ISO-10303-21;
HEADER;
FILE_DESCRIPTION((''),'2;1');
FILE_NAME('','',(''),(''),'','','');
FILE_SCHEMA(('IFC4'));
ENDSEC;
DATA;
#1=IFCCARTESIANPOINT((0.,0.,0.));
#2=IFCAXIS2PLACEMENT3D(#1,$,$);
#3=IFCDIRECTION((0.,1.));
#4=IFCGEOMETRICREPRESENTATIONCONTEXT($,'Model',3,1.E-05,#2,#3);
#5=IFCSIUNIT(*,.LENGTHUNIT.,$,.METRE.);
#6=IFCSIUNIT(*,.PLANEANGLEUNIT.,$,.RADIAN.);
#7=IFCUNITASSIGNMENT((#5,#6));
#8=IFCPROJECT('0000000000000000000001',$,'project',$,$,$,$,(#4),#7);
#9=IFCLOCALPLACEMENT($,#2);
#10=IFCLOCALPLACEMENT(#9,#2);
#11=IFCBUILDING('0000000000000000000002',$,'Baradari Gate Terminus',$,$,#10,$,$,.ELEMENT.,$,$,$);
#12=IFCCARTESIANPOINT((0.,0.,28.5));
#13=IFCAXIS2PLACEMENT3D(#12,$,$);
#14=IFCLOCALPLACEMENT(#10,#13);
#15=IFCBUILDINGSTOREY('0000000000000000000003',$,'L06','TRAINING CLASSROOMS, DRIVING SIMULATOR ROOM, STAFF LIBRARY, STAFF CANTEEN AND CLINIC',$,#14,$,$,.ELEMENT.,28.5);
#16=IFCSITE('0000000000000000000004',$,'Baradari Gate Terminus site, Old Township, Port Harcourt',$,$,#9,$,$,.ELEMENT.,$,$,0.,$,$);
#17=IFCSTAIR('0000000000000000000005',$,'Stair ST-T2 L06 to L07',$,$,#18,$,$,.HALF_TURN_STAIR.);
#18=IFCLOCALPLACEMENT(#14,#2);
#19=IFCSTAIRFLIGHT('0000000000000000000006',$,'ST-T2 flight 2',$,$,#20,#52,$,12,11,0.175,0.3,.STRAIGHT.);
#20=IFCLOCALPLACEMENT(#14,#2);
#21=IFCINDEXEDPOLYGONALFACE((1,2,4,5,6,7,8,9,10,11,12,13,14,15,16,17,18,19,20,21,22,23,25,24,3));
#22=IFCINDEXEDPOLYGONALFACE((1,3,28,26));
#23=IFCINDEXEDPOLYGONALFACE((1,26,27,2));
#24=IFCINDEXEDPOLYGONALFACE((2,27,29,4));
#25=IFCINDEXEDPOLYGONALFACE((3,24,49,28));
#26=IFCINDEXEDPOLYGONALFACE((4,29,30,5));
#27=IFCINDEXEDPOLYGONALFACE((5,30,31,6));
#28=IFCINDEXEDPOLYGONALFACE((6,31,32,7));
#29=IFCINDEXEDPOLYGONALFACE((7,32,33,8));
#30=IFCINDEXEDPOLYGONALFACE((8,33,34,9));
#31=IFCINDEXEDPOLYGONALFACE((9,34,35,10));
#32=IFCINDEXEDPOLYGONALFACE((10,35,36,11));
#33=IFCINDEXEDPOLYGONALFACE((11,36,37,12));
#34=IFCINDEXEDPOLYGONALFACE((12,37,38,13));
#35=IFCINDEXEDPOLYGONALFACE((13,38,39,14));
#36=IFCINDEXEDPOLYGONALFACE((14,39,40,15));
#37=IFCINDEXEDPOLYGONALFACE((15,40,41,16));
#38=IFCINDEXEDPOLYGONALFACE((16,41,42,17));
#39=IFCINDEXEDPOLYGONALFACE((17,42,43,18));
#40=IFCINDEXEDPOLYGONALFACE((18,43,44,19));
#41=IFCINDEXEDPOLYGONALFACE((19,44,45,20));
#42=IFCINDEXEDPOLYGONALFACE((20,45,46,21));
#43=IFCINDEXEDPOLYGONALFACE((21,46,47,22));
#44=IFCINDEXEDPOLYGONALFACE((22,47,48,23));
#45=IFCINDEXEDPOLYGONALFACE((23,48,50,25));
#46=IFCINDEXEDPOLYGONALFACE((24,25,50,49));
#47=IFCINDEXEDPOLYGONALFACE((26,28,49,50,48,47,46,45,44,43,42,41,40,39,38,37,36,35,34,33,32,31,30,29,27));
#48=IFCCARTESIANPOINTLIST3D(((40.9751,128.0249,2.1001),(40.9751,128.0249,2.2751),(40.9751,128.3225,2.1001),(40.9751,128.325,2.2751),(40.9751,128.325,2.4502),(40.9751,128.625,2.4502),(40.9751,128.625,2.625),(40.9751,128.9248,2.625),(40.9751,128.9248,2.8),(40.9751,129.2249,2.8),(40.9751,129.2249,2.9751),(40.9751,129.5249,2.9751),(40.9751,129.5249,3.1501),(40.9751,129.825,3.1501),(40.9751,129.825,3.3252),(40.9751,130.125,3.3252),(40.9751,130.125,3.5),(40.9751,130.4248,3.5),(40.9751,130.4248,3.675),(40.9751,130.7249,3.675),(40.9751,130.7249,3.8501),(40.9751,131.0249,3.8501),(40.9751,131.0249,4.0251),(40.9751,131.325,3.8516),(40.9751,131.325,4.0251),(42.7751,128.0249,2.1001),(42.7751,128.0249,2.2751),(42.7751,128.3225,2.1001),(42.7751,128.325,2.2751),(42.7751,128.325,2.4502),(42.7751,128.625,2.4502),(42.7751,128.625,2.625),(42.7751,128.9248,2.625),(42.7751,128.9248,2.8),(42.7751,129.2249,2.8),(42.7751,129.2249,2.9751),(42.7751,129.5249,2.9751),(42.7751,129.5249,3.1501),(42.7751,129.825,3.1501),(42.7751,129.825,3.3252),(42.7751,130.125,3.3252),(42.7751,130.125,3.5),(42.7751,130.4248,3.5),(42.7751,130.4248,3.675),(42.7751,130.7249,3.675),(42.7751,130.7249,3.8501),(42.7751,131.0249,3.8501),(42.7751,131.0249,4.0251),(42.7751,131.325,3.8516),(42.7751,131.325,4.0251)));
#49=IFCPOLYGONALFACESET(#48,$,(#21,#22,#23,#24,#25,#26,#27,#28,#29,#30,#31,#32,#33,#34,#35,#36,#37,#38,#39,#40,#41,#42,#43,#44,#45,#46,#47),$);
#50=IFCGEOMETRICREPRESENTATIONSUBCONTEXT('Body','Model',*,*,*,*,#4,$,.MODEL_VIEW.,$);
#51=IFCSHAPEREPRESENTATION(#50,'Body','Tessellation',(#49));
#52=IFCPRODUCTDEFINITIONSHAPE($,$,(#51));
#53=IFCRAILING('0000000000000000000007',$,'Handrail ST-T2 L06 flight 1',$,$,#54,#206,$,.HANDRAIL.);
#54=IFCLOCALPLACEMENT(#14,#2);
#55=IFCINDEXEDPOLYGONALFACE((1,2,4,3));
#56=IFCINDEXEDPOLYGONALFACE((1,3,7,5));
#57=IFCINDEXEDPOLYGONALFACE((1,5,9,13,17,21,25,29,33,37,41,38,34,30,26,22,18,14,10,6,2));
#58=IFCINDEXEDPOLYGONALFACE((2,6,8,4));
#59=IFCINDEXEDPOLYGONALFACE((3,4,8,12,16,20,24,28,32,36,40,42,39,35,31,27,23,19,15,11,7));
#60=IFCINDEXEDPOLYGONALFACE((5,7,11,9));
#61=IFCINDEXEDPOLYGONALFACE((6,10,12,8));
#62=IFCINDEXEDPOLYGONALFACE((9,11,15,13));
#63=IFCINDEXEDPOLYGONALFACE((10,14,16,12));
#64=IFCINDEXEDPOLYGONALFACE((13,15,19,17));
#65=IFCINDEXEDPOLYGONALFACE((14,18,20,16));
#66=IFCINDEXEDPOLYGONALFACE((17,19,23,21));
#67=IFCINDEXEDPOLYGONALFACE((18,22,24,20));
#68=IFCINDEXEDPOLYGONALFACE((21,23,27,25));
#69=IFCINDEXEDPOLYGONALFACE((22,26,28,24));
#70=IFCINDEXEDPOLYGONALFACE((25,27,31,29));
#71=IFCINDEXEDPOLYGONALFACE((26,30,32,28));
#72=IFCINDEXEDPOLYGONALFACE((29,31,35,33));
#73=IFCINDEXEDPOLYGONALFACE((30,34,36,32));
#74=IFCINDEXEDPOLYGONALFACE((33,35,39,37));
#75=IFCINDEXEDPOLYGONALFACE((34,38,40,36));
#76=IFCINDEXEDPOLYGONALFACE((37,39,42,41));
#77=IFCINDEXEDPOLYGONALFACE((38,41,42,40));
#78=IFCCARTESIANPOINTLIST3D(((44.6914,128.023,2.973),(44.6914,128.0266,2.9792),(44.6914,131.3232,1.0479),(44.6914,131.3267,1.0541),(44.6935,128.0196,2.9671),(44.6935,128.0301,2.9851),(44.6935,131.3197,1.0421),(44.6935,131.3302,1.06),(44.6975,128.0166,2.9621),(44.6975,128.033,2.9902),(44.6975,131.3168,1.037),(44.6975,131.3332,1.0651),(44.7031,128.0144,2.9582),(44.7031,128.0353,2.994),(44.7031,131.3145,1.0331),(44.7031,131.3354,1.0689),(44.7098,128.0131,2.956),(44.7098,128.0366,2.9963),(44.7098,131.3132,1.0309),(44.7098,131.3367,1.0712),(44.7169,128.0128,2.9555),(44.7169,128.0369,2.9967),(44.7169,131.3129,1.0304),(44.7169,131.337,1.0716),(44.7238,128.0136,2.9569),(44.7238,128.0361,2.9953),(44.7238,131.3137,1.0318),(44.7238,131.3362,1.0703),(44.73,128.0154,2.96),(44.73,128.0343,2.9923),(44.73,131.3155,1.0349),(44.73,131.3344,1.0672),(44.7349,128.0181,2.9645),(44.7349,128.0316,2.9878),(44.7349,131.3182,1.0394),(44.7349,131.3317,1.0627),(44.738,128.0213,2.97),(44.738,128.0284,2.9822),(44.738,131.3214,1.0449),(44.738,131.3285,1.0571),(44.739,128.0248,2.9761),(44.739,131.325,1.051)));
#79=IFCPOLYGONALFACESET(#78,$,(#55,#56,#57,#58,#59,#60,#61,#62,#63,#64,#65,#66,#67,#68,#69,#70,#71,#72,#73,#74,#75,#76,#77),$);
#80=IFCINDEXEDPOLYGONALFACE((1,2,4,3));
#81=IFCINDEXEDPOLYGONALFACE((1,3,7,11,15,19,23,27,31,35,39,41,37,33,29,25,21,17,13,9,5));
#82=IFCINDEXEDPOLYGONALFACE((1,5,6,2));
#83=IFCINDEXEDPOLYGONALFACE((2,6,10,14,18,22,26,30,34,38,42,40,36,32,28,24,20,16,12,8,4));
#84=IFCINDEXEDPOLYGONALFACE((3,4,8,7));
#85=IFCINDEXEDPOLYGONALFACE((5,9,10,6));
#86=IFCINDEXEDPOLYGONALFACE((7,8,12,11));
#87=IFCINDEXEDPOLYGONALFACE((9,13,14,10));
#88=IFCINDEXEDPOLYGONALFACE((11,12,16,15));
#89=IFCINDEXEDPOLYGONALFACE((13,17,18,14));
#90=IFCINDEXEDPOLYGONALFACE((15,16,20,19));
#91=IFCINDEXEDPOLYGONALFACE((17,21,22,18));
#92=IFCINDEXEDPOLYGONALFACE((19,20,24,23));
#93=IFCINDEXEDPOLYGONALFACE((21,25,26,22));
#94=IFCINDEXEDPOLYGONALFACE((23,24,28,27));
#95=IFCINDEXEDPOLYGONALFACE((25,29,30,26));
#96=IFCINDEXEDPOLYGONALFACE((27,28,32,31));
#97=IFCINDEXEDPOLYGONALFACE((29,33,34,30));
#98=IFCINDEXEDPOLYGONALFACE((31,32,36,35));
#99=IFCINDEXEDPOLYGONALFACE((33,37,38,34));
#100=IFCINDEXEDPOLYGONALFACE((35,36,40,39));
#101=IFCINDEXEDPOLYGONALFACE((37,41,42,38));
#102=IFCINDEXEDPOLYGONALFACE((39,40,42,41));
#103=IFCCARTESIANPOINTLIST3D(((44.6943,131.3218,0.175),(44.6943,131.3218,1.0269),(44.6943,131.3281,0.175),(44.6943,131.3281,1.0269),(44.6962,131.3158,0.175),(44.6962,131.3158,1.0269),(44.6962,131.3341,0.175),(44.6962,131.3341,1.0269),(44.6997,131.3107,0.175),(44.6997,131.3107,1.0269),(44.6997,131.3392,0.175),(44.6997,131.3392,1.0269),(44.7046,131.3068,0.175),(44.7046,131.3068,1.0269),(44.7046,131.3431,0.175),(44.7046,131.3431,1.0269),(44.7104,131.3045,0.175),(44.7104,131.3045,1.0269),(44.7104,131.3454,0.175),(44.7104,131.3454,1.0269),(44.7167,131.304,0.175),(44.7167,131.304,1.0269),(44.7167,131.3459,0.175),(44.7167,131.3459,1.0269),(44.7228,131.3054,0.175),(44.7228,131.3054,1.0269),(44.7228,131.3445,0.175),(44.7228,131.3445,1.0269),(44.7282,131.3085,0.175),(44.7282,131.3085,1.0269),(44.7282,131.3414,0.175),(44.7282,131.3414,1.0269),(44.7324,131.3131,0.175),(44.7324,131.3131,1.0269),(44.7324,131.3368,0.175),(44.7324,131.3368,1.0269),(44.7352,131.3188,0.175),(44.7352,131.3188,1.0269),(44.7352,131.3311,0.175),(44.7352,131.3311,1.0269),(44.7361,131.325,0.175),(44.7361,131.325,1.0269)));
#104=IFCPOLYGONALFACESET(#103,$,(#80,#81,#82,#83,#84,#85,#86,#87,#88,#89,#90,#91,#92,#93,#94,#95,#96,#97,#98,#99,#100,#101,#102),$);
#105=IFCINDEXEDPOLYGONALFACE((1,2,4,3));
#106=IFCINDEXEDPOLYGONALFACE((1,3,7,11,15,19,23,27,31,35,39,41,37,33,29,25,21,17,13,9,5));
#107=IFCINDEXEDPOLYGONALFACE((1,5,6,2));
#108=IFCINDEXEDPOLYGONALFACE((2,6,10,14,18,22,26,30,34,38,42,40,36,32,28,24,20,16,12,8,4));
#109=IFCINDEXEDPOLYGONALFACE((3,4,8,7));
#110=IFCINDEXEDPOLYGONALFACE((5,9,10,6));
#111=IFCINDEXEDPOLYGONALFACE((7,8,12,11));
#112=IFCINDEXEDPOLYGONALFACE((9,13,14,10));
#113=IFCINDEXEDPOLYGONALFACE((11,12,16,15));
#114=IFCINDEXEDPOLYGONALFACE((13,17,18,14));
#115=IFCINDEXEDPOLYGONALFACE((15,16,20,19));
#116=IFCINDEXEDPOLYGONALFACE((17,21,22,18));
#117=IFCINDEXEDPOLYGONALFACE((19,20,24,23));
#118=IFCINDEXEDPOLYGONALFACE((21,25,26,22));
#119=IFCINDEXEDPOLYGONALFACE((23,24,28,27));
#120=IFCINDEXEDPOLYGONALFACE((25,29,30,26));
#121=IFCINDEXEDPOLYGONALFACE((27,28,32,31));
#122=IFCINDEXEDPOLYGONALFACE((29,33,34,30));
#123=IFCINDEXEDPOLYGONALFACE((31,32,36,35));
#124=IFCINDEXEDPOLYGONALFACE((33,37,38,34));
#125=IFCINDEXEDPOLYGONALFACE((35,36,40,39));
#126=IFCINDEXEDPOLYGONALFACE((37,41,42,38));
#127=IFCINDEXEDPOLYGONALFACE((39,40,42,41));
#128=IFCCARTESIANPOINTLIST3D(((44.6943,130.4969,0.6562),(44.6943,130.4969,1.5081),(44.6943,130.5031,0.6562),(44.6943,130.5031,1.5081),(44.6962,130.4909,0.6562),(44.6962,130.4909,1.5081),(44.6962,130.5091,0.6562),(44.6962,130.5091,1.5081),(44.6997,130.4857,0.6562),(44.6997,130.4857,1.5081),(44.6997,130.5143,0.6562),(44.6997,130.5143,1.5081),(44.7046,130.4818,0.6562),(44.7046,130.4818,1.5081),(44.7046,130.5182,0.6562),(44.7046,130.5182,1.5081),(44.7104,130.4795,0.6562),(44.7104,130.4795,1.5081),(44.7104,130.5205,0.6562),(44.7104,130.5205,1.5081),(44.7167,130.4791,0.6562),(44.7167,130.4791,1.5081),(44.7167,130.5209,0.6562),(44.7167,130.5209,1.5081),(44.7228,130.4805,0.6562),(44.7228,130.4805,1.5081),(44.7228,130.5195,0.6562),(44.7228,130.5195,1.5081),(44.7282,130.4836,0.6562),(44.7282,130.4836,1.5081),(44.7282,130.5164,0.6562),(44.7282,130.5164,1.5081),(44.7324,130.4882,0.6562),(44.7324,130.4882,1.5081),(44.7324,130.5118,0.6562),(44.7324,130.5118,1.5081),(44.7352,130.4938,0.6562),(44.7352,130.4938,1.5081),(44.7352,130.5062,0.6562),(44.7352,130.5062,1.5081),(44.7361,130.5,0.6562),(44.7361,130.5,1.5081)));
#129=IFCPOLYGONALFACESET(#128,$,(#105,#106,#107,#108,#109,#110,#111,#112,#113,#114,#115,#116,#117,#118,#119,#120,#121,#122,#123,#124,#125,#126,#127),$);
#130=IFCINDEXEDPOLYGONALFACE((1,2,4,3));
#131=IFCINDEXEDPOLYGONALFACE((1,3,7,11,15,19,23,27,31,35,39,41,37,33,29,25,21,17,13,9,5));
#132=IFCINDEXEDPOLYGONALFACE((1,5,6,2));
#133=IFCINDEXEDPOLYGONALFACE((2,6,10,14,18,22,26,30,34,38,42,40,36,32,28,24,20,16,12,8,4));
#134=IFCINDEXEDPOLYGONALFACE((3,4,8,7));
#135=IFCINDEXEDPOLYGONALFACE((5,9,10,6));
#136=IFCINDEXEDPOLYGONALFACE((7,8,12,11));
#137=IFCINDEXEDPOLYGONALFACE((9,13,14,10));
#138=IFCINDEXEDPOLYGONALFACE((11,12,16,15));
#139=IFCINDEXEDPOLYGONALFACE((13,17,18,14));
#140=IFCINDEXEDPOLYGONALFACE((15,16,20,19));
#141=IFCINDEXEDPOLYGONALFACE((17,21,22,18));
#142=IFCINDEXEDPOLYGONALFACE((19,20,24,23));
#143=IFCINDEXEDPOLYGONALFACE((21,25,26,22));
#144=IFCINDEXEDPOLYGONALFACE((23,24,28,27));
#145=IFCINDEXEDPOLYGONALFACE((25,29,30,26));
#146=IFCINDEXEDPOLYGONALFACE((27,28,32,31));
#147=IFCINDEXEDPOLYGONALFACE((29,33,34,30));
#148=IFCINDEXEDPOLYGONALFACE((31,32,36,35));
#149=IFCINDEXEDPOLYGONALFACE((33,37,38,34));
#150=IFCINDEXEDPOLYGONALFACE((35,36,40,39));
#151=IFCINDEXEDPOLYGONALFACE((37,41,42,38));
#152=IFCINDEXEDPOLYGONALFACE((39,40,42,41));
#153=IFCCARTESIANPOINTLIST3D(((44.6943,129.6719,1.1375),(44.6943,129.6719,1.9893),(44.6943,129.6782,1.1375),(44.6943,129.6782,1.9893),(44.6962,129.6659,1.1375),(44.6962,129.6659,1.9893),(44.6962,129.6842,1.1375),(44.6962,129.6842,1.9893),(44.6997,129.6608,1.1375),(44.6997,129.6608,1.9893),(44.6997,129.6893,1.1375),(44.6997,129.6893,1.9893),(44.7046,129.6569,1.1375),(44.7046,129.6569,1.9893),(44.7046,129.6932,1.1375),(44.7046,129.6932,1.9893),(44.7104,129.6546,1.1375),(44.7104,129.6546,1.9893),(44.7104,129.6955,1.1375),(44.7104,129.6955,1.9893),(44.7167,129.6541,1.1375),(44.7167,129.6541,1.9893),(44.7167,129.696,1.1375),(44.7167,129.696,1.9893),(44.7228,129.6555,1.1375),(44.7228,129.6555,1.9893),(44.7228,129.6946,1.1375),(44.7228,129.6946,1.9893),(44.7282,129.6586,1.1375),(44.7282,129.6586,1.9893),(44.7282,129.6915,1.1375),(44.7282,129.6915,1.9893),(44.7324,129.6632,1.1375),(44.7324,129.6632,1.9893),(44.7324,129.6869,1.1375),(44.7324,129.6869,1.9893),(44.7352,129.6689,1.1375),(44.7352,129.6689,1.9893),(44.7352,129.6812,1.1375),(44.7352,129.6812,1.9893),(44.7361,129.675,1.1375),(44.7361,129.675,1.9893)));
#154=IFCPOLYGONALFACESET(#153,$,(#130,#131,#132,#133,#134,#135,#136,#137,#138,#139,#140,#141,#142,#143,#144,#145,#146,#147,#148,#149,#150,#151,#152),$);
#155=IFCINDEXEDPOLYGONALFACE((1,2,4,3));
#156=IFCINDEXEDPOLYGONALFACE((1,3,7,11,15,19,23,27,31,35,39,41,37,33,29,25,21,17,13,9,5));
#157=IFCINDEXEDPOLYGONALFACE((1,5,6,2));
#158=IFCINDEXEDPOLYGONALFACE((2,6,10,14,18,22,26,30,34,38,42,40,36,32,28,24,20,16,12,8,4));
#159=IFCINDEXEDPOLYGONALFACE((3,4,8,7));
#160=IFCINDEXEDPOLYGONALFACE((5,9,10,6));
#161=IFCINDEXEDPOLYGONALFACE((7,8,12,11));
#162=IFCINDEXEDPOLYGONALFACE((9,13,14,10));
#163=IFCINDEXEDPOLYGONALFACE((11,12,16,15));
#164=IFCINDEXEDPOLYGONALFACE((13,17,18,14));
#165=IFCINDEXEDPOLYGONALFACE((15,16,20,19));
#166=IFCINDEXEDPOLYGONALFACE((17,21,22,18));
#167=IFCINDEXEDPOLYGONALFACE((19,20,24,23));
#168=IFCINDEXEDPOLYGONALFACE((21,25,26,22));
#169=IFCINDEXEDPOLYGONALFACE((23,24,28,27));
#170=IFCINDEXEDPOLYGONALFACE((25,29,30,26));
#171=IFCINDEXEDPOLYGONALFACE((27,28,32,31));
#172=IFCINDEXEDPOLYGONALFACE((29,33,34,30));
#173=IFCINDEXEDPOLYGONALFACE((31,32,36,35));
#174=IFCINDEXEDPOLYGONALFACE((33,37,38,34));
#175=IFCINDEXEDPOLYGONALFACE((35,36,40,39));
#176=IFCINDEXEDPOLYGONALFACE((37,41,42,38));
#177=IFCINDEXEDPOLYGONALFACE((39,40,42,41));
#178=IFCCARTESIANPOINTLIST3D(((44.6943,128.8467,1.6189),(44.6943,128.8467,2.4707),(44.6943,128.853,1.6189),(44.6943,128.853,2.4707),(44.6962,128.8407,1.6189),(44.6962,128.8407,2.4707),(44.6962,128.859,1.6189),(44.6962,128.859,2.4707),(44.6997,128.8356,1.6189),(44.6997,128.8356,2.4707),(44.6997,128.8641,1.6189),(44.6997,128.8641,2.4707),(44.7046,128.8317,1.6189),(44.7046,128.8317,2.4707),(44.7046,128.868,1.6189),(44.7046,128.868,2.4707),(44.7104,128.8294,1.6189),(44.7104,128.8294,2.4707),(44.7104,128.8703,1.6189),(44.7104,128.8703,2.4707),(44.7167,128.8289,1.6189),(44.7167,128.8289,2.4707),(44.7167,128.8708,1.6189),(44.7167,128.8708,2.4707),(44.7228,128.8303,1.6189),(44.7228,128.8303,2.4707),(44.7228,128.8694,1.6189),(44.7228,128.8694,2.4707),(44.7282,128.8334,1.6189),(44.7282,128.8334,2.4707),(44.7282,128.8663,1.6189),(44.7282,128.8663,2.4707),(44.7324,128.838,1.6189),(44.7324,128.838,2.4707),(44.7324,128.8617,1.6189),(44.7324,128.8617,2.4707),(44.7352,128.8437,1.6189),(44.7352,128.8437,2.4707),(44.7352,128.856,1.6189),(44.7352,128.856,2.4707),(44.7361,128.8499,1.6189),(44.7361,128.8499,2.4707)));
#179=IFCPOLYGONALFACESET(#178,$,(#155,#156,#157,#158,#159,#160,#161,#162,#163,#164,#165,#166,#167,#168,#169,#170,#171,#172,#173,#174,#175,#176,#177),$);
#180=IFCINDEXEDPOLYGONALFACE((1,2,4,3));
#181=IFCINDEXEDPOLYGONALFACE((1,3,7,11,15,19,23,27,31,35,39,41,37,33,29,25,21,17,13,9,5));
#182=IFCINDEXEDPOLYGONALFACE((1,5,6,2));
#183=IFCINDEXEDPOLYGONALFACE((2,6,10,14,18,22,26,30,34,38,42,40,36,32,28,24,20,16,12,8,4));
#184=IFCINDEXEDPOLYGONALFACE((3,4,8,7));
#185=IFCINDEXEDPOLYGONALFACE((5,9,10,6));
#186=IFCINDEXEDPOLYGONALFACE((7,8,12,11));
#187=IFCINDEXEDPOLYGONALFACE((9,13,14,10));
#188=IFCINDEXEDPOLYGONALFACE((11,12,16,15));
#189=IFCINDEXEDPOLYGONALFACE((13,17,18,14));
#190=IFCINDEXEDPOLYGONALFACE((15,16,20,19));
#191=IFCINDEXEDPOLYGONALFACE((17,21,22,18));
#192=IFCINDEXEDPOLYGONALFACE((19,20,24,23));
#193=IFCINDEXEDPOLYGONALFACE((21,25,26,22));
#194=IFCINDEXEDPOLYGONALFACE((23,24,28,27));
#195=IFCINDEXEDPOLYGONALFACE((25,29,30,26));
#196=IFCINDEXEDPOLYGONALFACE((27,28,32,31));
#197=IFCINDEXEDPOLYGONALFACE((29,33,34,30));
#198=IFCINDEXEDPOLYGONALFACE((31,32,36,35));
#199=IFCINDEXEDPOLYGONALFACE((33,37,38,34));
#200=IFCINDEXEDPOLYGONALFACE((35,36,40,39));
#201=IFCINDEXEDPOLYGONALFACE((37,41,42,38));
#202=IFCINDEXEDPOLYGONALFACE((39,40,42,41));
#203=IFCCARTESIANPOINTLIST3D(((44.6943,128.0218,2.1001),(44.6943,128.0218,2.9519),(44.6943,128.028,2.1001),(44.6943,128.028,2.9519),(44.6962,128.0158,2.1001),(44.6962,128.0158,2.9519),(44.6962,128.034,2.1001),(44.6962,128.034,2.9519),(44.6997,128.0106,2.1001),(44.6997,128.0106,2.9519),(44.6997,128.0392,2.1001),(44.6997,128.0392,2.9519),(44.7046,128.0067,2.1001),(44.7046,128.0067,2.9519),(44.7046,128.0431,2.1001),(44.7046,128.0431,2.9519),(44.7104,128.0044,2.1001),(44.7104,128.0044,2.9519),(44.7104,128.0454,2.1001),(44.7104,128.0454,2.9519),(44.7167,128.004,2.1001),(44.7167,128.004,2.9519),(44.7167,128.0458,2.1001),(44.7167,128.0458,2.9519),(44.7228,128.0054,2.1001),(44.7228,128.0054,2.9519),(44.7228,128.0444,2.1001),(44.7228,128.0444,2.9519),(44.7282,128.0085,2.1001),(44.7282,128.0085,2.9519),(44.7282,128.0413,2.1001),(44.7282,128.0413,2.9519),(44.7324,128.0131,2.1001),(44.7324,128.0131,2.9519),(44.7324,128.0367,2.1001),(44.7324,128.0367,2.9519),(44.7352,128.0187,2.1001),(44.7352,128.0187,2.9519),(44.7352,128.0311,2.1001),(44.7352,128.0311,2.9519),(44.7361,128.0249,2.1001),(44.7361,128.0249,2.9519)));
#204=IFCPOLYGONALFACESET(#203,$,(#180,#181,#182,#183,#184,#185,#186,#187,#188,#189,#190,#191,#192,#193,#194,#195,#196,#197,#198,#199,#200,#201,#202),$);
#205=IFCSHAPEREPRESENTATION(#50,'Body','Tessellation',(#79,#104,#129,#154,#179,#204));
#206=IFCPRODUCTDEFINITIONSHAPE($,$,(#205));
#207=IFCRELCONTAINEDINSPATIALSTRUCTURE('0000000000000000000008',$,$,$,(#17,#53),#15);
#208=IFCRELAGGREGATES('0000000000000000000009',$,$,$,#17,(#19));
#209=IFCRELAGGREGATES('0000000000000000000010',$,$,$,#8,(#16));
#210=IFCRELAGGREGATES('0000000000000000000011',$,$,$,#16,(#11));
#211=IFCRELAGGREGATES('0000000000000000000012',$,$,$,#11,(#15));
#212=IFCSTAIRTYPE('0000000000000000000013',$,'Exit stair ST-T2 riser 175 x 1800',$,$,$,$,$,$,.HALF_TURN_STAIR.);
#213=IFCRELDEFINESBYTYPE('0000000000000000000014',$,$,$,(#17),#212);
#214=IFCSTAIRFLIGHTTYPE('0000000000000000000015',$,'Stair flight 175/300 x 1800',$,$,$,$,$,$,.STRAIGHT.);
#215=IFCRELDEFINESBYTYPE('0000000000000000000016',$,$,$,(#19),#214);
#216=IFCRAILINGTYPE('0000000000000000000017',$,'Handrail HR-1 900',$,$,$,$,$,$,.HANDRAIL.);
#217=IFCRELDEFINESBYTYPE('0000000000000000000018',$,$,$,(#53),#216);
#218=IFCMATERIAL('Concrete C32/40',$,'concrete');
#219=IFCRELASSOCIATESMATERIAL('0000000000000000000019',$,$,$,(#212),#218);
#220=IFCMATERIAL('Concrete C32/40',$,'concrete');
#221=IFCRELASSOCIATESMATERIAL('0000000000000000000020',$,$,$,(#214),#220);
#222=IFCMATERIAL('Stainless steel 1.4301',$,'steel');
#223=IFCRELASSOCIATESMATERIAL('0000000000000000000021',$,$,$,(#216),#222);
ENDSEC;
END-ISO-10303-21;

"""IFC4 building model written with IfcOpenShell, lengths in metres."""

from ifc_helpers import new_model, si_unit, direction, frame, origin, origin_2d, place, context, subcontext, project, spatial, polyline, circle, outline, extrude, material, type_object, element, aggregate, save


model = new_model("IFC4")

# Units and contexts
model_context = context("Model", 3, precision=1e-05, world=origin(), true_north=direction((0.0, 1.0)))
body_context = subcontext(model_context, "Body", "Model", "MODEL_VIEW")
ifc_project = project(units=[si_unit("LENGTHUNIT", "METRE"), si_unit("PLANEANGLEUNIT", "RADIAN")], contexts=[model_context])

# Site, building, storey
site_placement = place(None, origin())
site = spatial("IfcSite", under=ifc_project, at=site_placement, Name="Baradari Gate Terminus site, Old Township, Port Harcourt", CompositionType="ELEMENT", RefElevation=0.0)
building_placement = place(site_placement, origin())
building = spatial("IfcBuilding", under=site, at=building_placement, Name="Baradari Gate Terminus", CompositionType="ELEMENT")
storey_placement = place(building_placement, frame((0.0, 0.0, 28.5)))
storey = spatial("IfcBuildingStorey", under=building, at=storey_placement, Name="L06", Description="TRAINING CLASSROOMS, DRIVING SIMULATOR ROOM, STAFF LIBRARY, STAFF CANTEEN AND CLINIC", CompositionType="ELEMENT", Elevation=28.5)

# Stair, stair flight
ifc_material_1 = material(Name="Concrete C32/40", Category="concrete")
stair_type = type_object("IfcStairType", Name="Exit stair ST-T2 riser 175 x 1800", PredefinedType="HALF_TURN_STAIR", material=ifc_material_1)
stair_placement = place(storey_placement, origin())
stair = element("IfcStair", 1, at=stair_placement, inside=storey, type_object=stair_type, Name="Stair ST-T2 L06 to L07", PredefinedType="HALF_TURN_STAIR")
ifc_material_2 = material(Name="Concrete C32/40", Category="concrete")
stair_flight_type = type_object("IfcStairFlightType", Name="Stair flight 175/300 x 1800", PredefinedType="STRAIGHT", material=ifc_material_2)
stair_flight_1_placement = place(storey_placement, frame((41.875, 128.0249, 2.1001), z_axis=(0.0, 0.0, 1.0), x_axis=(0.0, 1.0, 0.0)))
stair_flight_1 = element("IfcStairFlight", 2, at=stair_flight_1_placement, type_object=stair_flight_type, Name="ST-T2 flight 2", NumberOfRisers=12, NumberOfTreads=11, PredefinedType="STRAIGHT", RiserHeight=0.175, TreadLength=0.3, context=body_context, shape_type="SweptSolid", body=[
    extrude(outline(polyline([(0.0, 0.0), (0.0, 0.175), (0.3, 0.175), (0.3, 0.3501), (0.6001, 0.3501), (0.6001, 0.5249), (0.8999, 0.5249), (0.8999, 0.7), (1.2, 0.7), (1.2, 0.875), (1.5, 0.875), (1.5, 1.05), (1.8, 1.05), (1.8, 1.2251), (2.1001, 1.2251), (2.1001, 1.3999), (2.3999, 1.3999), (2.3999, 1.575), (2.7, 1.575), (2.7, 1.75), (3.0, 1.75), (3.0, 1.925), (3.3, 1.925), (3.3, 2.1001), (3.3, 1.7515), (0.2976, 0.0), (0.0, 0.0)])), frame((0.0, 0.8999, 0.0), z_axis=(0.0, -1.0, 0.0), x_axis=(1.0, 0.0, 0.0)), (0.0, 0.0, 1.0), 1.8),
])
aggregate(stair, [stair_flight_1])

# Railing
ifc_material_3 = material(Name="Stainless steel 1.4301", Category="steel")
railing_type = type_object("IfcRailingType", Name="Handrail HR-1 900", PredefinedType="HANDRAIL", material=ifc_material_3)
for number, where, name in (
    (3, (44.7151, 131.325, 0.175), "Handrail ST-T2 L06 flight 1"),
):
    element("IfcRailing", number, at=place(storey_placement, frame(where)), inside=storey, type_object=railing_type, Name=name, PredefinedType="HANDRAIL", context=body_context, shape_type="SweptSolid", body=[
        extrude(circle(Radius=0.0239, at=origin_2d()), frame((0.0, 0.0, 0.876), z_axis=(0.0, -0.863777, 0.503875), x_axis=(1.0, 0.0, 0.0)), (0.0, 0.0, 1.0), 3.8206),
        extrude(circle(Radius=0.021, at=origin_2d()), origin(), (0.0, 0.0, 1.0), 0.8518),
        extrude(circle(Radius=0.021, at=origin_2d()), frame((0.0, -0.825, 0.4812)), (0.0, 0.0, 1.0), 0.8518),
        extrude(circle(Radius=0.021, at=origin_2d()), frame((0.0, -1.6499, 0.9624)), (0.0, 0.0, 1.0), 0.8518),
        extrude(circle(Radius=0.021, at=origin_2d()), frame((0.0, -2.4751, 1.4438)), (0.0, 0.0, 1.0), 0.8518),
        extrude(circle(Radius=0.021, at=origin_2d()), frame((0.0, -3.3, 1.925)), (0.0, 0.0, 1.0), 0.8518),
    ])

save(model, "model.ifc")
